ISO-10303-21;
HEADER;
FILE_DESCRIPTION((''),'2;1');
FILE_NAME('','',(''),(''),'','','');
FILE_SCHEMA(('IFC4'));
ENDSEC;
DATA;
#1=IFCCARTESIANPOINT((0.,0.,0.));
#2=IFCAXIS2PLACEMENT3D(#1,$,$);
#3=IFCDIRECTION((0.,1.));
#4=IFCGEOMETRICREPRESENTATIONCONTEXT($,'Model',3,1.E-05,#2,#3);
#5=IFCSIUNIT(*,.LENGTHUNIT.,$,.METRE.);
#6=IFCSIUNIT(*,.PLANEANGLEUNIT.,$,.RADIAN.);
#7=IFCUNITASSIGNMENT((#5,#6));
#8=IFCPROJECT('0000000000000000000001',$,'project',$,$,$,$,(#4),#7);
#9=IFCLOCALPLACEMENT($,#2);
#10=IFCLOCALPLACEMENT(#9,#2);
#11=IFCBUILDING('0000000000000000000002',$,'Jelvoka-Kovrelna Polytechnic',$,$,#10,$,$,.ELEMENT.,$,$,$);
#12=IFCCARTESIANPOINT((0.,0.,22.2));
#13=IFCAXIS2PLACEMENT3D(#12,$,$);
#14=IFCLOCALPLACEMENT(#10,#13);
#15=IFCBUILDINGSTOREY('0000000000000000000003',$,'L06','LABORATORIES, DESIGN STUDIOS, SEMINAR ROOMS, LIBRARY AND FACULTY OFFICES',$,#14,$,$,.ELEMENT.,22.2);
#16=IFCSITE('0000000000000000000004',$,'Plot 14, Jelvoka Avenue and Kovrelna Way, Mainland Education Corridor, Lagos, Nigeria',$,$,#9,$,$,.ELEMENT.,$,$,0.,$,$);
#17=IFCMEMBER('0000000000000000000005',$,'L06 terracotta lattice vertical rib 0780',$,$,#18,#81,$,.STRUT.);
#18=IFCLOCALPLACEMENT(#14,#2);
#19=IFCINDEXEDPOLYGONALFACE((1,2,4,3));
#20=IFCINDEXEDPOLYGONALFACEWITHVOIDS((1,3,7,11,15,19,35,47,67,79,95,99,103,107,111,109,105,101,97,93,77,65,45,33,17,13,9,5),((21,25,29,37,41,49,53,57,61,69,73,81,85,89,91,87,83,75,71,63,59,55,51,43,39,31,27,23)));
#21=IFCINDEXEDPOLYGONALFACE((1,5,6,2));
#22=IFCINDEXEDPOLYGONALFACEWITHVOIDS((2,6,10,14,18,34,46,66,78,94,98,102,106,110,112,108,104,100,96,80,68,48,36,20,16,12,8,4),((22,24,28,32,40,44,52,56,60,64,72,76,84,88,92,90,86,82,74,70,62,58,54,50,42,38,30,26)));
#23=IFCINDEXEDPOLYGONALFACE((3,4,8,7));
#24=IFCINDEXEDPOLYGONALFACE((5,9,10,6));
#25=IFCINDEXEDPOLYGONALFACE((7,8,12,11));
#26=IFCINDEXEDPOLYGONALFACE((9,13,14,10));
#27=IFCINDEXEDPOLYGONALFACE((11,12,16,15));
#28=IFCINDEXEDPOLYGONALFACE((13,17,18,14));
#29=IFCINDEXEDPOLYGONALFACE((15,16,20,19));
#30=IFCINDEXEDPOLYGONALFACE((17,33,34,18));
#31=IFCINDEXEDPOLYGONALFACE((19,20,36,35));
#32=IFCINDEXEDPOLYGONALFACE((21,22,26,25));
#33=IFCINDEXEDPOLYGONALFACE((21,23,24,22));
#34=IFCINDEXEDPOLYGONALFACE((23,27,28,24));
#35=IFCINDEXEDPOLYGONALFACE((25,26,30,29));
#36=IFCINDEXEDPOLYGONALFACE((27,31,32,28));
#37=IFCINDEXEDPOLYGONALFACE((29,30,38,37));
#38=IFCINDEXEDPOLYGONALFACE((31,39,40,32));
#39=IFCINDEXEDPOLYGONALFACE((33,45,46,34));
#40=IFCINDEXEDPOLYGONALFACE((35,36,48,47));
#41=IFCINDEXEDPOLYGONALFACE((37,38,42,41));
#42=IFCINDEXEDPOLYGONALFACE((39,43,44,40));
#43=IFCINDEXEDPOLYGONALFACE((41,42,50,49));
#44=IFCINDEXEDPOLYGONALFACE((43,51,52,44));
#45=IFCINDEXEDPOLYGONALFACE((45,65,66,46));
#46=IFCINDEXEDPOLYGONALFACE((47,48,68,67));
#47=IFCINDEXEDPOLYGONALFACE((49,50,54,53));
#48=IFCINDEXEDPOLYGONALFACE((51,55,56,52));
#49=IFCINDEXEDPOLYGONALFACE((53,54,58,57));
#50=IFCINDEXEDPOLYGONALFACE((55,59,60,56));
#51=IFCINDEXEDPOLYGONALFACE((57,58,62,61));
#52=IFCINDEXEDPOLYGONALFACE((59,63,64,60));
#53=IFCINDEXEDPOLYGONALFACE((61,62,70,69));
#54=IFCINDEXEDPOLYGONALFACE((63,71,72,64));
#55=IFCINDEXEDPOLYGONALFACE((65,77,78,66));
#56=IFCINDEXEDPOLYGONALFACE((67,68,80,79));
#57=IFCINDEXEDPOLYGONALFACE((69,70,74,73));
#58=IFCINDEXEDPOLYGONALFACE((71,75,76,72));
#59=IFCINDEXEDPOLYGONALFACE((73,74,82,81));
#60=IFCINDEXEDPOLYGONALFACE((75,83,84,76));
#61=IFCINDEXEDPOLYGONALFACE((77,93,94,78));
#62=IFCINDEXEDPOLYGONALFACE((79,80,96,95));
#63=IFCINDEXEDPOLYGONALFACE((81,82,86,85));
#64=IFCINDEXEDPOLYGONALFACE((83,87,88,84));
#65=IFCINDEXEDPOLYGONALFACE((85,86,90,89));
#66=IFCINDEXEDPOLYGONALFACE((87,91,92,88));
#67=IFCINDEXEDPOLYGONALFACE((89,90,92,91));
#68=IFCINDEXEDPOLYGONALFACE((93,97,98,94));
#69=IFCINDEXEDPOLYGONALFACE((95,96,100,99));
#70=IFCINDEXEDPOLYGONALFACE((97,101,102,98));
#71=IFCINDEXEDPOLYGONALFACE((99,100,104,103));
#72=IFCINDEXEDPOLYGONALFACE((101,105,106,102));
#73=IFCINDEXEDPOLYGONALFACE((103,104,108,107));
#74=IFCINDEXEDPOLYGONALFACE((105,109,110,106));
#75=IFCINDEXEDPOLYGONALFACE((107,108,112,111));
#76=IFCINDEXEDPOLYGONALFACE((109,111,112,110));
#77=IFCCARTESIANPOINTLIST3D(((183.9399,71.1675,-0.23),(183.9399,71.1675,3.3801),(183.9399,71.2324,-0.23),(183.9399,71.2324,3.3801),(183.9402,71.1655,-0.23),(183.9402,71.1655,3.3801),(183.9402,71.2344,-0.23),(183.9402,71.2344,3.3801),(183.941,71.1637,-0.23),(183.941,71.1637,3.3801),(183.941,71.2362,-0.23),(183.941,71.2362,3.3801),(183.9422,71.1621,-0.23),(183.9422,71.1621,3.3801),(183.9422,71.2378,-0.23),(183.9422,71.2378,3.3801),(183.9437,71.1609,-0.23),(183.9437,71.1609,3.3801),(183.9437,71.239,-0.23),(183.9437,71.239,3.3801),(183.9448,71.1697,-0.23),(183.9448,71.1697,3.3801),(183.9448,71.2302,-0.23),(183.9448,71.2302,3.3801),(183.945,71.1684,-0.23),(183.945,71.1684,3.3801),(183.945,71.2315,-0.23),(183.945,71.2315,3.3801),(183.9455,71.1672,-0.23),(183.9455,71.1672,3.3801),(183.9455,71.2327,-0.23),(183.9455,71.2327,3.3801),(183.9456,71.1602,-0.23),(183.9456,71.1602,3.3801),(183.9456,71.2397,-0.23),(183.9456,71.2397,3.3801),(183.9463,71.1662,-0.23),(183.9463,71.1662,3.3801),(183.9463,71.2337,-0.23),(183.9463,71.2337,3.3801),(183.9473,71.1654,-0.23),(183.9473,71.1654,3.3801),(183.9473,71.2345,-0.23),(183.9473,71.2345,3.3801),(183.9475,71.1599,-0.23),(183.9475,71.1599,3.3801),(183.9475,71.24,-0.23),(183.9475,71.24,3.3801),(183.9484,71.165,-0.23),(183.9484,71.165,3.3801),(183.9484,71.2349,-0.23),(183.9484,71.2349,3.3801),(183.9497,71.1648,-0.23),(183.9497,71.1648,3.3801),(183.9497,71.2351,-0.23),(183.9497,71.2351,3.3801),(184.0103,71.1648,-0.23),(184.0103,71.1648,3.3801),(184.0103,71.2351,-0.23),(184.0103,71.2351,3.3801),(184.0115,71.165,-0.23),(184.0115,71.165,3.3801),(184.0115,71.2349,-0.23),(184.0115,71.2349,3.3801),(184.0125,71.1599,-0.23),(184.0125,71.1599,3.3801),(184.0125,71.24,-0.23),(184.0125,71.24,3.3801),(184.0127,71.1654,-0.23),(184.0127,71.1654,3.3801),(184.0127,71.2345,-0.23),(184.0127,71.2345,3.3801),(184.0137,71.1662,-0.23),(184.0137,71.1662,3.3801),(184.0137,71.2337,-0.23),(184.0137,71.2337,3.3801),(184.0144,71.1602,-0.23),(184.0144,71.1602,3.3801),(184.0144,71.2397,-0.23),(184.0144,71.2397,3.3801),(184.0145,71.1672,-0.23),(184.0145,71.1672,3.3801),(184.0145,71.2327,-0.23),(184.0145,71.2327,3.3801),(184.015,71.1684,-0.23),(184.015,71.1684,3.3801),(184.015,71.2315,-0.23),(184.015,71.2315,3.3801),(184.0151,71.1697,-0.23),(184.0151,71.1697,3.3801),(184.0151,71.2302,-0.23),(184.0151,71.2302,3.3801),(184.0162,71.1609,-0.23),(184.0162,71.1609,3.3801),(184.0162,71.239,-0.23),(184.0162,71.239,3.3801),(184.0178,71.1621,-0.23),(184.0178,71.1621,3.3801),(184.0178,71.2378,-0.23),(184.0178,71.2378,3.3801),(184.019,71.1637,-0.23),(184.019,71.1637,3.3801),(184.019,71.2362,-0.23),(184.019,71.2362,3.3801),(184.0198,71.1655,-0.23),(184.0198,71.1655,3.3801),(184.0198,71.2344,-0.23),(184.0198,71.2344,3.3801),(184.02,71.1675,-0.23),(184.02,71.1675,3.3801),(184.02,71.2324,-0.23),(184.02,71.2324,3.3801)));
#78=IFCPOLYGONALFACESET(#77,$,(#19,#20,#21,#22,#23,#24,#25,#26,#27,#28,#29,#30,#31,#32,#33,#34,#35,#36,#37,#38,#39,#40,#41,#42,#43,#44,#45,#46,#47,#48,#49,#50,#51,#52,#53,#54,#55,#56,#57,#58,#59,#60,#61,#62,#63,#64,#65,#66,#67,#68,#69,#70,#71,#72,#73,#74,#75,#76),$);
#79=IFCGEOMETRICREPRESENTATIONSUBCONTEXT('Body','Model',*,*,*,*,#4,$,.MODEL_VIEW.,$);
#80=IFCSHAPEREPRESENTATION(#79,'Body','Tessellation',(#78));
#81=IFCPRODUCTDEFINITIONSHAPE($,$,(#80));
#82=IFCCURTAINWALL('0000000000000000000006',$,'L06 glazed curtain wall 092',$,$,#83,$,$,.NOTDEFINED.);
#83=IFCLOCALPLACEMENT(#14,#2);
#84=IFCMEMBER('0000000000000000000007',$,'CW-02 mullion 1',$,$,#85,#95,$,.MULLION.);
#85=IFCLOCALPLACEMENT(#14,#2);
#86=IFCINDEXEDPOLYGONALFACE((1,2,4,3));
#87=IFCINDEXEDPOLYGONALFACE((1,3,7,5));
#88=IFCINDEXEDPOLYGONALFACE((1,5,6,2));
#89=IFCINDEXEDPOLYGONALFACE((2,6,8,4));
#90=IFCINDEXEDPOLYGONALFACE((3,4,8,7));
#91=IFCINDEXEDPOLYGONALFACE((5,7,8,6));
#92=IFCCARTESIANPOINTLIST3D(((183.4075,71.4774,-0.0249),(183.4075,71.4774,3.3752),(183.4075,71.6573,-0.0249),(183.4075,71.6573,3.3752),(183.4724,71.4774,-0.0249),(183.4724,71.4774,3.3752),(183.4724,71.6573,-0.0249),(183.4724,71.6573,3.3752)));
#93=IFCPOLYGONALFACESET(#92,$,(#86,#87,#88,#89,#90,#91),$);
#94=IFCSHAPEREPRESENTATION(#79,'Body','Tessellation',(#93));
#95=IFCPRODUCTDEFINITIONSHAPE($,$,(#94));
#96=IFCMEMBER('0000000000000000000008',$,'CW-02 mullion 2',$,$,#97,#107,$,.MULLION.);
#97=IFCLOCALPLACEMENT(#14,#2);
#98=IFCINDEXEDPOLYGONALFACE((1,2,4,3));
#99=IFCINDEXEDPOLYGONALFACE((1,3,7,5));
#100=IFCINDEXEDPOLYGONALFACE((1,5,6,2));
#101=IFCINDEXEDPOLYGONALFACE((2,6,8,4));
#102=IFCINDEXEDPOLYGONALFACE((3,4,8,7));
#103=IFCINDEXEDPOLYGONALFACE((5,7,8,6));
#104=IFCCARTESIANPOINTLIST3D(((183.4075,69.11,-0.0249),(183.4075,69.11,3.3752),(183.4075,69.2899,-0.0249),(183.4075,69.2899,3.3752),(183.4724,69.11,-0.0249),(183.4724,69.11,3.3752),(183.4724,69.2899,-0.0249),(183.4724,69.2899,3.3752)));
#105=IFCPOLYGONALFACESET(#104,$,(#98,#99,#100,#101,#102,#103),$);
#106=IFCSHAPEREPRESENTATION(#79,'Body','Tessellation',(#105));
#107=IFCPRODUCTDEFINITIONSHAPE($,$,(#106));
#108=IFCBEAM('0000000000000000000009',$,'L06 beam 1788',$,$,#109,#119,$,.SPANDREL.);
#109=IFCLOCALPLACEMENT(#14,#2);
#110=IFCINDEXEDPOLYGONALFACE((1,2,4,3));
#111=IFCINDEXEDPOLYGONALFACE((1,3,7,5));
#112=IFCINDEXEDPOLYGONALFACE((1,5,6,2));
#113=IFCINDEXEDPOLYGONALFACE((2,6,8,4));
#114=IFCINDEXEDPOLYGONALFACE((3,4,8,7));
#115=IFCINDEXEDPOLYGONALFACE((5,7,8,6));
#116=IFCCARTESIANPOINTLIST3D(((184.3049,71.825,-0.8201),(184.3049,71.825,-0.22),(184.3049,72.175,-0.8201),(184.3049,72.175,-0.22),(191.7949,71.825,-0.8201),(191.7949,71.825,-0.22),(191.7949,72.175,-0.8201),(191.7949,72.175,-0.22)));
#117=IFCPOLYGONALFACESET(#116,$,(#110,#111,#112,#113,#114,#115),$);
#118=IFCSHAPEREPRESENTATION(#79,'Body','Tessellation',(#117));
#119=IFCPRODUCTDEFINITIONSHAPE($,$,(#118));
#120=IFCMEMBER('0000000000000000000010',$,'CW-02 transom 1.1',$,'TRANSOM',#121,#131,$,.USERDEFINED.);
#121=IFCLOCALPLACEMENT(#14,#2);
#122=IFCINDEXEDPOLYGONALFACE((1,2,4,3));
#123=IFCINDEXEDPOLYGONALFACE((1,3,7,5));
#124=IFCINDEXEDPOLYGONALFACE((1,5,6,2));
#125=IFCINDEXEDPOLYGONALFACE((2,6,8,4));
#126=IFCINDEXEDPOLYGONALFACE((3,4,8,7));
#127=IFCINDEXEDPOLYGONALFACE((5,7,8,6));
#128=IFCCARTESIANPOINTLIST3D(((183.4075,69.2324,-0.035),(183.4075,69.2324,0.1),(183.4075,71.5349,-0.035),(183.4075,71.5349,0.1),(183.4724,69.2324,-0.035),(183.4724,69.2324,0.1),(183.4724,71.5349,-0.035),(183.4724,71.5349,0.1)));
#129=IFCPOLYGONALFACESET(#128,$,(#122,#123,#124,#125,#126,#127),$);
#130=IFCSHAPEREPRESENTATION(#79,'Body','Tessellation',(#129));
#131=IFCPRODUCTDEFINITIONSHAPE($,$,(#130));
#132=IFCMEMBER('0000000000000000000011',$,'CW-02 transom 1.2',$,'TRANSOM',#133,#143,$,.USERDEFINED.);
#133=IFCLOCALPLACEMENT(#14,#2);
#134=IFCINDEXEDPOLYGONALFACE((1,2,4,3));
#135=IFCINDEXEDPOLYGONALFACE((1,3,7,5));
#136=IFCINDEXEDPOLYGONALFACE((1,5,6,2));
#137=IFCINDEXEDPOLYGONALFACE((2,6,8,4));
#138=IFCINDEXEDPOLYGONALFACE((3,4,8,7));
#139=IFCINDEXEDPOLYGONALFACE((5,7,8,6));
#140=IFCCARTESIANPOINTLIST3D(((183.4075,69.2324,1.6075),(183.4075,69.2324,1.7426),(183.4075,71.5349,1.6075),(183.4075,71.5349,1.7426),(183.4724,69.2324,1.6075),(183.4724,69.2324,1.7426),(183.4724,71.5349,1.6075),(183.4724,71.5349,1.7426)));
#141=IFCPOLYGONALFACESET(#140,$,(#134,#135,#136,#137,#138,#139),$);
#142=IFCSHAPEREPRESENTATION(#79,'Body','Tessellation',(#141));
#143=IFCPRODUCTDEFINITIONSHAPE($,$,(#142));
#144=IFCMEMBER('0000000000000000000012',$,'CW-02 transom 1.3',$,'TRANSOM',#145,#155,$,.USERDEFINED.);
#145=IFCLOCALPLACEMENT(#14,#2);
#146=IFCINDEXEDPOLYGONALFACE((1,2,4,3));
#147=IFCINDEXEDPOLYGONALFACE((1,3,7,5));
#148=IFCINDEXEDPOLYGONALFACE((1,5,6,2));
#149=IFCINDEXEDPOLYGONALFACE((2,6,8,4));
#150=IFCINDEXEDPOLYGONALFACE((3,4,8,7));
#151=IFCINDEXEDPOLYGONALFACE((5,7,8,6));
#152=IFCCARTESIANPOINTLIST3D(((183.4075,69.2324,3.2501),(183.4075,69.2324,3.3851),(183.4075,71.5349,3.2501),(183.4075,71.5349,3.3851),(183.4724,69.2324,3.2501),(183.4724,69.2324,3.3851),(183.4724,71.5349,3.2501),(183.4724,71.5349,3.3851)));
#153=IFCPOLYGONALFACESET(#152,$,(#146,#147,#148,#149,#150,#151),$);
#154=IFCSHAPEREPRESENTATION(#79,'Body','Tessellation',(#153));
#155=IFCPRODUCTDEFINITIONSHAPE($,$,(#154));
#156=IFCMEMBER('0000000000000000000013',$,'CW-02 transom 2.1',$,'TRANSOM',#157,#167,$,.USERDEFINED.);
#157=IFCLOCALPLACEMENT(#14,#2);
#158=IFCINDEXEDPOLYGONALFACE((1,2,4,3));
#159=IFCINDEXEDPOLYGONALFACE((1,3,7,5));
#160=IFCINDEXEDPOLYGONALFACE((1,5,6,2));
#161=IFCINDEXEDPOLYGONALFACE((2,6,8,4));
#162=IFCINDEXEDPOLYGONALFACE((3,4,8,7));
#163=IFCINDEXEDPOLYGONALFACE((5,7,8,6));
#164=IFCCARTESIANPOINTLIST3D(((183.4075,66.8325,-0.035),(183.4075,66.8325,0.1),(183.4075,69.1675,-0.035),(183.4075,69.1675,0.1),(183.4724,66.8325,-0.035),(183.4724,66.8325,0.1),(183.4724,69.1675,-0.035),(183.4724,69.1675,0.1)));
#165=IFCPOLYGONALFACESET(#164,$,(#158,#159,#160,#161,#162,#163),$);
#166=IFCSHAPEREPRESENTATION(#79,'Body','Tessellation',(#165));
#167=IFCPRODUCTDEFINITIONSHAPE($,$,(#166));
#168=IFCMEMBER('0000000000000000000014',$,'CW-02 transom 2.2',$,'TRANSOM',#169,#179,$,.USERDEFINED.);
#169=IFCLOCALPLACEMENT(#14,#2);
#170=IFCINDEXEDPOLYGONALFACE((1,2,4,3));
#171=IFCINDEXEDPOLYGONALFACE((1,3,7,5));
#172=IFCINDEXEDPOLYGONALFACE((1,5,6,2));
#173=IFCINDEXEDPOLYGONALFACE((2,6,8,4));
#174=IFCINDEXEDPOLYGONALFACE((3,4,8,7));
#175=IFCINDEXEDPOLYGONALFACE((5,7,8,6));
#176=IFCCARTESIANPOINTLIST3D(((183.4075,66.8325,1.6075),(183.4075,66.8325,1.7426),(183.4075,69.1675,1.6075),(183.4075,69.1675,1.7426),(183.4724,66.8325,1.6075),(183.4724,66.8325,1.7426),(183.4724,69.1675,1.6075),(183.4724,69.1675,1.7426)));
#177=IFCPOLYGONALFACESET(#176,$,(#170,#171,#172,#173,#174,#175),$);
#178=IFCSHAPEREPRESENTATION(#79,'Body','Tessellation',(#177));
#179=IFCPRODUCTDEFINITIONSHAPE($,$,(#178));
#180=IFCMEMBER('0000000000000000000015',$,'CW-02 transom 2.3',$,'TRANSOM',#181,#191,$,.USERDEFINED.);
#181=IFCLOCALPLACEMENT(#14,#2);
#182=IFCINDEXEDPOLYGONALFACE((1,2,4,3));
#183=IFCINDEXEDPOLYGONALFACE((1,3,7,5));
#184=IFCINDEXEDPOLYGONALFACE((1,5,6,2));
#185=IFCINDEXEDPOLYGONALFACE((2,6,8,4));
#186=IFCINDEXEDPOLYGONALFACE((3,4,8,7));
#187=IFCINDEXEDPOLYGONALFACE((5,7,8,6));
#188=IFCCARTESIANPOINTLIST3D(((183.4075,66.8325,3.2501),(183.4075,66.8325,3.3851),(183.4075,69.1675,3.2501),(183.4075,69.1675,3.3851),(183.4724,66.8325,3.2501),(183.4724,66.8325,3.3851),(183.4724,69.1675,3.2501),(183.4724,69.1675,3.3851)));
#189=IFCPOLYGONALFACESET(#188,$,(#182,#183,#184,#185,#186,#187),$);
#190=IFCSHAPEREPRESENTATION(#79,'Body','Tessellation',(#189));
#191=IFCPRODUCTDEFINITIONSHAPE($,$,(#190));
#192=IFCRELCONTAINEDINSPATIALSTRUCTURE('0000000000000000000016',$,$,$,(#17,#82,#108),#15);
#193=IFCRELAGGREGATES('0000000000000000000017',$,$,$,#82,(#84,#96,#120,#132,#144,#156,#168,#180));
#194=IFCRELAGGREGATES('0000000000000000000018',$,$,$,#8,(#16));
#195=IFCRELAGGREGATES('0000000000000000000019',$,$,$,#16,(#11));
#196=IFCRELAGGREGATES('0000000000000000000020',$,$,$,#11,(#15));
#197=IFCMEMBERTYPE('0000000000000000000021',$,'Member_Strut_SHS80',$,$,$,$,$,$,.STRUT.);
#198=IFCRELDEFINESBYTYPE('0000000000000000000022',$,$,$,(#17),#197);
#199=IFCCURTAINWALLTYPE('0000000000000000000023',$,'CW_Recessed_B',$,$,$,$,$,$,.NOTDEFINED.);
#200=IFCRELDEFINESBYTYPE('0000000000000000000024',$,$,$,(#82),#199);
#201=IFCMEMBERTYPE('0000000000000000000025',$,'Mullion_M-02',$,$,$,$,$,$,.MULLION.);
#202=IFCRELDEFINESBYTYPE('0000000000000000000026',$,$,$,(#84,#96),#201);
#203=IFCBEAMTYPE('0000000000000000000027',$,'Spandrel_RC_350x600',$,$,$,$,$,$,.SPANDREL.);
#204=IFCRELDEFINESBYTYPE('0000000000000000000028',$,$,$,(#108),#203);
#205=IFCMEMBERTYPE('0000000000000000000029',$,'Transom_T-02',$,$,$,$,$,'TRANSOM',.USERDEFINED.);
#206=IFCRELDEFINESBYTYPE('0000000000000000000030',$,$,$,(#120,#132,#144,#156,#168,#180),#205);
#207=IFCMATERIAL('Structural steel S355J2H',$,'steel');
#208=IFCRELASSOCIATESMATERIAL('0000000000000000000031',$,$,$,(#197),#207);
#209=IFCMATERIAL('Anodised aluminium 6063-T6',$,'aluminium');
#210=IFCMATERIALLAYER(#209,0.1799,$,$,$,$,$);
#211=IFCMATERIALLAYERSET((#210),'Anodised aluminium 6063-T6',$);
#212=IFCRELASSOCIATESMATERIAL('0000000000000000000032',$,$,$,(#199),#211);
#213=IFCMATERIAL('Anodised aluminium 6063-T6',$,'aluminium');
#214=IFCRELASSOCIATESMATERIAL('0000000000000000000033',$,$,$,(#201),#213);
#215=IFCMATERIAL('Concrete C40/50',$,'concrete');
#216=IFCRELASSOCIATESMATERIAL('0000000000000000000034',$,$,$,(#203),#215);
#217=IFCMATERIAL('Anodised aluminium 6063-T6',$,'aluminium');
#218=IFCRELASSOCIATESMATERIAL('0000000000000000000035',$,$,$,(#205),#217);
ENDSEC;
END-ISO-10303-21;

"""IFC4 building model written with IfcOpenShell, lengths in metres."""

from ifc_helpers import new_model, si_unit, direction, frame, origin, origin_2d, place, context, subcontext, project, spatial, rectangle, hollow_rectangle, extrude, material, layer, layer_set, material_profile, profile_set, type_object, element, aggregate, save


model = new_model("IFC4")

# Units and contexts
model_context = context("Model", 3, precision=1e-05, world=origin(), true_north=direction((0.0, 1.0)))
body_context = subcontext(model_context, "Body", "Model", "MODEL_VIEW")
ifc_project = project(units=[si_unit("LENGTHUNIT", "METRE"), si_unit("PLANEANGLEUNIT", "RADIAN")], contexts=[model_context])

# Site, building, storey
site_placement = place(None, origin())
site = spatial("IfcSite", under=ifc_project, at=site_placement, Name="Plot 14, Jelvoka Avenue and Kovrelna Way, Mainland Education Corridor, Lagos, Nigeria", CompositionType="ELEMENT", RefElevation=0.0)
building_placement = place(site_placement, origin())
building = spatial("IfcBuilding", under=site, at=building_placement, Name="Jelvoka-Kovrelna Polytechnic", CompositionType="ELEMENT")
storey_placement = place(building_placement, frame((0.0, 0.0, 22.2)))
storey = spatial("IfcBuildingStorey", under=building, at=storey_placement, Name="L06", Description="LABORATORIES, DESIGN STUDIOS, SEMINAR ROOMS, LIBRARY AND FACULTY OFFICES", CompositionType="ELEMENT", Elevation=22.2)

# Member
ifc_material_1 = material(Name="Structural steel S355J2H", Category="steel")
ifc_material_profile_1 = material_profile(ifc_material_1, hollow_rectangle(XDim=0.0801, YDim=0.0801, WallThickness=0.0049, InnerFilletRadius=0.0049, OuterFilletRadius=0.0076, at=origin_2d()), Name="80x80x5.0 SHS")
ifc_profile_set_1 = profile_set([ifc_material_profile_1], Name="Structural steel S355J2H")
member_type_1 = type_object("IfcMemberType", Name="Member_Strut_SHS80", PredefinedType="STRUT", material=ifc_profile_set_1)
for number, where, z_axis, x_axis, name in (
    (1, (183.98, 71.2, -0.23), (0.0, 0.0, 1.0), (1.0, 0.0, 0.0), "L06 terracotta lattice vertical rib 0780"),
):
    element("IfcMember", number, at=place(storey_placement, frame(where, z_axis=z_axis, x_axis=x_axis)), inside=storey, type_object=member_type_1, Name=name, PredefinedType="STRUT", context=body_context, shape_type="SweptSolid", body=[
        extrude(hollow_rectangle(XDim=0.0801, YDim=0.0801, WallThickness=0.0049, InnerFilletRadius=0.0049, OuterFilletRadius=0.0076, at=origin_2d()), origin(), (0.0, 0.0, 1.0), 3.6101),
    ])

# Curtain wall, members
ifc_material_2 = material(Name="Anodised aluminium 6063-T6", Category="aluminium")
ifc_layer_1 = layer(ifc_material_2, 0.1799)
ifc_layer_set_1 = layer_set([ifc_layer_1], Name="Anodised aluminium 6063-T6")
curtain_wall_type = type_object("IfcCurtainWallType", Name="CW_Recessed_B", PredefinedType="NOTDEFINED", material=ifc_layer_set_1)
curtain_wall_placement = place(storey_placement, origin())
curtain_wall = element("IfcCurtainWall", 2, at=curtain_wall_placement, inside=storey, type_object=curtain_wall_type, Name="L06 glazed curtain wall 092", PredefinedType="NOTDEFINED")
ifc_material_3 = material(Name="Anodised aluminium 6063-T6", Category="aluminium")
ifc_material_profile_2 = material_profile(ifc_material_3, rectangle(XDim=0.0649, YDim=0.1799, at=origin_2d()), Name="ALU 65x180")
ifc_profile_set_2 = profile_set([ifc_material_profile_2], Name="Anodised aluminium 6063-T6")
member_type_2 = type_object("IfcMemberType", Name="Mullion_M-02", PredefinedType="MULLION", material=ifc_profile_set_2)
member_1_placement = place(storey_placement, frame((183.4399, 71.5674, -0.0249), z_axis=(0.0, 0.0, 1.0), x_axis=(1.0, 0.0, 0.0)))
member_1 = element("IfcMember", 3, at=member_1_placement, type_object=member_type_2, Name="CW-02 mullion 1", PredefinedType="MULLION", context=body_context, shape_type="SweptSolid", body=[
    extrude(rectangle(XDim=0.0649, YDim=0.1799, at=origin_2d()), origin(), (0.0, 0.0, 1.0), 3.4001),
])
member_2_placement = place(storey_placement, frame((183.4399, 69.2, -0.0249), z_axis=(0.0, 0.0, 1.0), x_axis=(1.0, 0.0, 0.0)))
member_2 = element("IfcMember", 4, at=member_2_placement, type_object=member_type_2, Name="CW-02 mullion 2", PredefinedType="MULLION", context=body_context, shape_type="SweptSolid", body=[
    extrude(rectangle(XDim=0.0649, YDim=0.1799, at=origin_2d()), origin(), (0.0, 0.0, 1.0), 3.4001),
])

# Beam
ifc_material_4 = material(Name="Concrete C40/50", Category="concrete")
ifc_material_profile_3 = material_profile(ifc_material_4, rectangle(XDim=0.3501, YDim=0.6001, at=origin_2d()), Name="RC 350x600")
ifc_profile_set_3 = profile_set([ifc_material_profile_3], Name="Concrete C40/50")
beam_type = type_object("IfcBeamType", Name="Spandrel_RC_350x600", PredefinedType="SPANDREL", material=ifc_profile_set_3)
beam_placement = place(storey_placement, frame((184.3049, 72.0, -0.52), z_axis=(1.0, 0.0, 0.0), x_axis=(0.0, 1.0, 0.0)))
element("IfcBeam", 5, at=beam_placement, inside=storey, type_object=beam_type, Name="L06 beam 1788", PredefinedType="SPANDREL", context=body_context, shape_type="SweptSolid", body=[
    extrude(rectangle(XDim=0.3501, YDim=0.6001, at=origin_2d()), origin(), (0.0, 0.0, 1.0), 7.49),
])

# Members
ifc_material_5 = material(Name="Anodised aluminium 6063-T6", Category="aluminium")
ifc_material_profile_4 = material_profile(ifc_material_5, rectangle(XDim=0.0649, YDim=0.135, at=origin_2d()), Name="ALU 65x135")
ifc_profile_set_4 = profile_set([ifc_material_profile_4], Name="Anodised aluminium 6063-T6")
member_type_3 = type_object("IfcMemberType", Name="Transom_T-02", ElementType="TRANSOM", PredefinedType="USERDEFINED", material=ifc_profile_set_4)
member_3_placement = place(storey_placement, frame((183.4399, 71.5349, 0.0325), z_axis=(0.0, -1.0, 0.0), x_axis=(1.0, 0.0, 0.0)))
member_3 = element("IfcMember", 6, at=member_3_placement, type_object=member_type_3, Name="CW-02 transom 1.1", ObjectType="TRANSOM", PredefinedType="USERDEFINED", context=body_context, shape_type="SweptSolid", body=[
    extrude(rectangle(XDim=0.0649, YDim=0.135, at=origin_2d()), origin(), (0.0, 0.0, 1.0), 2.3025),
])
member_4_placement = place(storey_placement, frame((183.4399, 71.5349, 1.675), z_axis=(0.0, -1.0, 0.0), x_axis=(1.0, 0.0, 0.0)))
member_4 = element("IfcMember", 7, at=member_4_placement, type_object=member_type_3, Name="CW-02 transom 1.2", ObjectType="TRANSOM", PredefinedType="USERDEFINED", context=body_context, shape_type="SweptSolid", body=[
    extrude(rectangle(XDim=0.0649, YDim=0.135, at=origin_2d()), origin(), (0.0, 0.0, 1.0), 2.3025),
])
member_5_placement = place(storey_placement, frame((183.4399, 71.5349, 3.3176), z_axis=(0.0, -1.0, 0.0), x_axis=(1.0, 0.0, 0.0)))
member_5 = element("IfcMember", 8, at=member_5_placement, type_object=member_type_3, Name="CW-02 transom 1.3", ObjectType="TRANSOM", PredefinedType="USERDEFINED", context=body_context, shape_type="SweptSolid", body=[
    extrude(rectangle(XDim=0.0649, YDim=0.135, at=origin_2d()), origin(), (0.0, 0.0, 1.0), 2.3025),
])
member_6_placement = place(storey_placement, frame((183.4399, 69.1675, 0.0325), z_axis=(0.0, -1.0, 0.0), x_axis=(1.0, 0.0, 0.0)))
member_6 = element("IfcMember", 9, at=member_6_placement, type_object=member_type_3, Name="CW-02 transom 2.1", ObjectType="TRANSOM", PredefinedType="USERDEFINED", context=body_context, shape_type="SweptSolid", body=[
    extrude(rectangle(XDim=0.0649, YDim=0.135, at=origin_2d()), origin(), (0.0, 0.0, 1.0), 2.335),
])
member_7_placement = place(storey_placement, frame((183.4399, 69.1675, 1.675), z_axis=(0.0, -1.0, 0.0), x_axis=(1.0, 0.0, 0.0)))
member_7 = element("IfcMember", 10, at=member_7_placement, type_object=member_type_3, Name="CW-02 transom 2.2", ObjectType="TRANSOM", PredefinedType="USERDEFINED", context=body_context, shape_type="SweptSolid", body=[
    extrude(rectangle(XDim=0.0649, YDim=0.135, at=origin_2d()), origin(), (0.0, 0.0, 1.0), 2.335),
])
member_8_placement = place(storey_placement, frame((183.4399, 69.1675, 3.3176), z_axis=(0.0, -1.0, 0.0), x_axis=(1.0, 0.0, 0.0)))
member_8 = element("IfcMember", 11, at=member_8_placement, type_object=member_type_3, Name="CW-02 transom 2.3", ObjectType="TRANSOM", PredefinedType="USERDEFINED", context=body_context, shape_type="SweptSolid", body=[
    extrude(rectangle(XDim=0.0649, YDim=0.135, at=origin_2d()), origin(), (0.0, 0.0, 1.0), 2.335),
])

aggregate(curtain_wall, [member_1, member_2, member_3, member_4, member_5, member_6, member_7, member_8])

save(model, "model.ifc")
